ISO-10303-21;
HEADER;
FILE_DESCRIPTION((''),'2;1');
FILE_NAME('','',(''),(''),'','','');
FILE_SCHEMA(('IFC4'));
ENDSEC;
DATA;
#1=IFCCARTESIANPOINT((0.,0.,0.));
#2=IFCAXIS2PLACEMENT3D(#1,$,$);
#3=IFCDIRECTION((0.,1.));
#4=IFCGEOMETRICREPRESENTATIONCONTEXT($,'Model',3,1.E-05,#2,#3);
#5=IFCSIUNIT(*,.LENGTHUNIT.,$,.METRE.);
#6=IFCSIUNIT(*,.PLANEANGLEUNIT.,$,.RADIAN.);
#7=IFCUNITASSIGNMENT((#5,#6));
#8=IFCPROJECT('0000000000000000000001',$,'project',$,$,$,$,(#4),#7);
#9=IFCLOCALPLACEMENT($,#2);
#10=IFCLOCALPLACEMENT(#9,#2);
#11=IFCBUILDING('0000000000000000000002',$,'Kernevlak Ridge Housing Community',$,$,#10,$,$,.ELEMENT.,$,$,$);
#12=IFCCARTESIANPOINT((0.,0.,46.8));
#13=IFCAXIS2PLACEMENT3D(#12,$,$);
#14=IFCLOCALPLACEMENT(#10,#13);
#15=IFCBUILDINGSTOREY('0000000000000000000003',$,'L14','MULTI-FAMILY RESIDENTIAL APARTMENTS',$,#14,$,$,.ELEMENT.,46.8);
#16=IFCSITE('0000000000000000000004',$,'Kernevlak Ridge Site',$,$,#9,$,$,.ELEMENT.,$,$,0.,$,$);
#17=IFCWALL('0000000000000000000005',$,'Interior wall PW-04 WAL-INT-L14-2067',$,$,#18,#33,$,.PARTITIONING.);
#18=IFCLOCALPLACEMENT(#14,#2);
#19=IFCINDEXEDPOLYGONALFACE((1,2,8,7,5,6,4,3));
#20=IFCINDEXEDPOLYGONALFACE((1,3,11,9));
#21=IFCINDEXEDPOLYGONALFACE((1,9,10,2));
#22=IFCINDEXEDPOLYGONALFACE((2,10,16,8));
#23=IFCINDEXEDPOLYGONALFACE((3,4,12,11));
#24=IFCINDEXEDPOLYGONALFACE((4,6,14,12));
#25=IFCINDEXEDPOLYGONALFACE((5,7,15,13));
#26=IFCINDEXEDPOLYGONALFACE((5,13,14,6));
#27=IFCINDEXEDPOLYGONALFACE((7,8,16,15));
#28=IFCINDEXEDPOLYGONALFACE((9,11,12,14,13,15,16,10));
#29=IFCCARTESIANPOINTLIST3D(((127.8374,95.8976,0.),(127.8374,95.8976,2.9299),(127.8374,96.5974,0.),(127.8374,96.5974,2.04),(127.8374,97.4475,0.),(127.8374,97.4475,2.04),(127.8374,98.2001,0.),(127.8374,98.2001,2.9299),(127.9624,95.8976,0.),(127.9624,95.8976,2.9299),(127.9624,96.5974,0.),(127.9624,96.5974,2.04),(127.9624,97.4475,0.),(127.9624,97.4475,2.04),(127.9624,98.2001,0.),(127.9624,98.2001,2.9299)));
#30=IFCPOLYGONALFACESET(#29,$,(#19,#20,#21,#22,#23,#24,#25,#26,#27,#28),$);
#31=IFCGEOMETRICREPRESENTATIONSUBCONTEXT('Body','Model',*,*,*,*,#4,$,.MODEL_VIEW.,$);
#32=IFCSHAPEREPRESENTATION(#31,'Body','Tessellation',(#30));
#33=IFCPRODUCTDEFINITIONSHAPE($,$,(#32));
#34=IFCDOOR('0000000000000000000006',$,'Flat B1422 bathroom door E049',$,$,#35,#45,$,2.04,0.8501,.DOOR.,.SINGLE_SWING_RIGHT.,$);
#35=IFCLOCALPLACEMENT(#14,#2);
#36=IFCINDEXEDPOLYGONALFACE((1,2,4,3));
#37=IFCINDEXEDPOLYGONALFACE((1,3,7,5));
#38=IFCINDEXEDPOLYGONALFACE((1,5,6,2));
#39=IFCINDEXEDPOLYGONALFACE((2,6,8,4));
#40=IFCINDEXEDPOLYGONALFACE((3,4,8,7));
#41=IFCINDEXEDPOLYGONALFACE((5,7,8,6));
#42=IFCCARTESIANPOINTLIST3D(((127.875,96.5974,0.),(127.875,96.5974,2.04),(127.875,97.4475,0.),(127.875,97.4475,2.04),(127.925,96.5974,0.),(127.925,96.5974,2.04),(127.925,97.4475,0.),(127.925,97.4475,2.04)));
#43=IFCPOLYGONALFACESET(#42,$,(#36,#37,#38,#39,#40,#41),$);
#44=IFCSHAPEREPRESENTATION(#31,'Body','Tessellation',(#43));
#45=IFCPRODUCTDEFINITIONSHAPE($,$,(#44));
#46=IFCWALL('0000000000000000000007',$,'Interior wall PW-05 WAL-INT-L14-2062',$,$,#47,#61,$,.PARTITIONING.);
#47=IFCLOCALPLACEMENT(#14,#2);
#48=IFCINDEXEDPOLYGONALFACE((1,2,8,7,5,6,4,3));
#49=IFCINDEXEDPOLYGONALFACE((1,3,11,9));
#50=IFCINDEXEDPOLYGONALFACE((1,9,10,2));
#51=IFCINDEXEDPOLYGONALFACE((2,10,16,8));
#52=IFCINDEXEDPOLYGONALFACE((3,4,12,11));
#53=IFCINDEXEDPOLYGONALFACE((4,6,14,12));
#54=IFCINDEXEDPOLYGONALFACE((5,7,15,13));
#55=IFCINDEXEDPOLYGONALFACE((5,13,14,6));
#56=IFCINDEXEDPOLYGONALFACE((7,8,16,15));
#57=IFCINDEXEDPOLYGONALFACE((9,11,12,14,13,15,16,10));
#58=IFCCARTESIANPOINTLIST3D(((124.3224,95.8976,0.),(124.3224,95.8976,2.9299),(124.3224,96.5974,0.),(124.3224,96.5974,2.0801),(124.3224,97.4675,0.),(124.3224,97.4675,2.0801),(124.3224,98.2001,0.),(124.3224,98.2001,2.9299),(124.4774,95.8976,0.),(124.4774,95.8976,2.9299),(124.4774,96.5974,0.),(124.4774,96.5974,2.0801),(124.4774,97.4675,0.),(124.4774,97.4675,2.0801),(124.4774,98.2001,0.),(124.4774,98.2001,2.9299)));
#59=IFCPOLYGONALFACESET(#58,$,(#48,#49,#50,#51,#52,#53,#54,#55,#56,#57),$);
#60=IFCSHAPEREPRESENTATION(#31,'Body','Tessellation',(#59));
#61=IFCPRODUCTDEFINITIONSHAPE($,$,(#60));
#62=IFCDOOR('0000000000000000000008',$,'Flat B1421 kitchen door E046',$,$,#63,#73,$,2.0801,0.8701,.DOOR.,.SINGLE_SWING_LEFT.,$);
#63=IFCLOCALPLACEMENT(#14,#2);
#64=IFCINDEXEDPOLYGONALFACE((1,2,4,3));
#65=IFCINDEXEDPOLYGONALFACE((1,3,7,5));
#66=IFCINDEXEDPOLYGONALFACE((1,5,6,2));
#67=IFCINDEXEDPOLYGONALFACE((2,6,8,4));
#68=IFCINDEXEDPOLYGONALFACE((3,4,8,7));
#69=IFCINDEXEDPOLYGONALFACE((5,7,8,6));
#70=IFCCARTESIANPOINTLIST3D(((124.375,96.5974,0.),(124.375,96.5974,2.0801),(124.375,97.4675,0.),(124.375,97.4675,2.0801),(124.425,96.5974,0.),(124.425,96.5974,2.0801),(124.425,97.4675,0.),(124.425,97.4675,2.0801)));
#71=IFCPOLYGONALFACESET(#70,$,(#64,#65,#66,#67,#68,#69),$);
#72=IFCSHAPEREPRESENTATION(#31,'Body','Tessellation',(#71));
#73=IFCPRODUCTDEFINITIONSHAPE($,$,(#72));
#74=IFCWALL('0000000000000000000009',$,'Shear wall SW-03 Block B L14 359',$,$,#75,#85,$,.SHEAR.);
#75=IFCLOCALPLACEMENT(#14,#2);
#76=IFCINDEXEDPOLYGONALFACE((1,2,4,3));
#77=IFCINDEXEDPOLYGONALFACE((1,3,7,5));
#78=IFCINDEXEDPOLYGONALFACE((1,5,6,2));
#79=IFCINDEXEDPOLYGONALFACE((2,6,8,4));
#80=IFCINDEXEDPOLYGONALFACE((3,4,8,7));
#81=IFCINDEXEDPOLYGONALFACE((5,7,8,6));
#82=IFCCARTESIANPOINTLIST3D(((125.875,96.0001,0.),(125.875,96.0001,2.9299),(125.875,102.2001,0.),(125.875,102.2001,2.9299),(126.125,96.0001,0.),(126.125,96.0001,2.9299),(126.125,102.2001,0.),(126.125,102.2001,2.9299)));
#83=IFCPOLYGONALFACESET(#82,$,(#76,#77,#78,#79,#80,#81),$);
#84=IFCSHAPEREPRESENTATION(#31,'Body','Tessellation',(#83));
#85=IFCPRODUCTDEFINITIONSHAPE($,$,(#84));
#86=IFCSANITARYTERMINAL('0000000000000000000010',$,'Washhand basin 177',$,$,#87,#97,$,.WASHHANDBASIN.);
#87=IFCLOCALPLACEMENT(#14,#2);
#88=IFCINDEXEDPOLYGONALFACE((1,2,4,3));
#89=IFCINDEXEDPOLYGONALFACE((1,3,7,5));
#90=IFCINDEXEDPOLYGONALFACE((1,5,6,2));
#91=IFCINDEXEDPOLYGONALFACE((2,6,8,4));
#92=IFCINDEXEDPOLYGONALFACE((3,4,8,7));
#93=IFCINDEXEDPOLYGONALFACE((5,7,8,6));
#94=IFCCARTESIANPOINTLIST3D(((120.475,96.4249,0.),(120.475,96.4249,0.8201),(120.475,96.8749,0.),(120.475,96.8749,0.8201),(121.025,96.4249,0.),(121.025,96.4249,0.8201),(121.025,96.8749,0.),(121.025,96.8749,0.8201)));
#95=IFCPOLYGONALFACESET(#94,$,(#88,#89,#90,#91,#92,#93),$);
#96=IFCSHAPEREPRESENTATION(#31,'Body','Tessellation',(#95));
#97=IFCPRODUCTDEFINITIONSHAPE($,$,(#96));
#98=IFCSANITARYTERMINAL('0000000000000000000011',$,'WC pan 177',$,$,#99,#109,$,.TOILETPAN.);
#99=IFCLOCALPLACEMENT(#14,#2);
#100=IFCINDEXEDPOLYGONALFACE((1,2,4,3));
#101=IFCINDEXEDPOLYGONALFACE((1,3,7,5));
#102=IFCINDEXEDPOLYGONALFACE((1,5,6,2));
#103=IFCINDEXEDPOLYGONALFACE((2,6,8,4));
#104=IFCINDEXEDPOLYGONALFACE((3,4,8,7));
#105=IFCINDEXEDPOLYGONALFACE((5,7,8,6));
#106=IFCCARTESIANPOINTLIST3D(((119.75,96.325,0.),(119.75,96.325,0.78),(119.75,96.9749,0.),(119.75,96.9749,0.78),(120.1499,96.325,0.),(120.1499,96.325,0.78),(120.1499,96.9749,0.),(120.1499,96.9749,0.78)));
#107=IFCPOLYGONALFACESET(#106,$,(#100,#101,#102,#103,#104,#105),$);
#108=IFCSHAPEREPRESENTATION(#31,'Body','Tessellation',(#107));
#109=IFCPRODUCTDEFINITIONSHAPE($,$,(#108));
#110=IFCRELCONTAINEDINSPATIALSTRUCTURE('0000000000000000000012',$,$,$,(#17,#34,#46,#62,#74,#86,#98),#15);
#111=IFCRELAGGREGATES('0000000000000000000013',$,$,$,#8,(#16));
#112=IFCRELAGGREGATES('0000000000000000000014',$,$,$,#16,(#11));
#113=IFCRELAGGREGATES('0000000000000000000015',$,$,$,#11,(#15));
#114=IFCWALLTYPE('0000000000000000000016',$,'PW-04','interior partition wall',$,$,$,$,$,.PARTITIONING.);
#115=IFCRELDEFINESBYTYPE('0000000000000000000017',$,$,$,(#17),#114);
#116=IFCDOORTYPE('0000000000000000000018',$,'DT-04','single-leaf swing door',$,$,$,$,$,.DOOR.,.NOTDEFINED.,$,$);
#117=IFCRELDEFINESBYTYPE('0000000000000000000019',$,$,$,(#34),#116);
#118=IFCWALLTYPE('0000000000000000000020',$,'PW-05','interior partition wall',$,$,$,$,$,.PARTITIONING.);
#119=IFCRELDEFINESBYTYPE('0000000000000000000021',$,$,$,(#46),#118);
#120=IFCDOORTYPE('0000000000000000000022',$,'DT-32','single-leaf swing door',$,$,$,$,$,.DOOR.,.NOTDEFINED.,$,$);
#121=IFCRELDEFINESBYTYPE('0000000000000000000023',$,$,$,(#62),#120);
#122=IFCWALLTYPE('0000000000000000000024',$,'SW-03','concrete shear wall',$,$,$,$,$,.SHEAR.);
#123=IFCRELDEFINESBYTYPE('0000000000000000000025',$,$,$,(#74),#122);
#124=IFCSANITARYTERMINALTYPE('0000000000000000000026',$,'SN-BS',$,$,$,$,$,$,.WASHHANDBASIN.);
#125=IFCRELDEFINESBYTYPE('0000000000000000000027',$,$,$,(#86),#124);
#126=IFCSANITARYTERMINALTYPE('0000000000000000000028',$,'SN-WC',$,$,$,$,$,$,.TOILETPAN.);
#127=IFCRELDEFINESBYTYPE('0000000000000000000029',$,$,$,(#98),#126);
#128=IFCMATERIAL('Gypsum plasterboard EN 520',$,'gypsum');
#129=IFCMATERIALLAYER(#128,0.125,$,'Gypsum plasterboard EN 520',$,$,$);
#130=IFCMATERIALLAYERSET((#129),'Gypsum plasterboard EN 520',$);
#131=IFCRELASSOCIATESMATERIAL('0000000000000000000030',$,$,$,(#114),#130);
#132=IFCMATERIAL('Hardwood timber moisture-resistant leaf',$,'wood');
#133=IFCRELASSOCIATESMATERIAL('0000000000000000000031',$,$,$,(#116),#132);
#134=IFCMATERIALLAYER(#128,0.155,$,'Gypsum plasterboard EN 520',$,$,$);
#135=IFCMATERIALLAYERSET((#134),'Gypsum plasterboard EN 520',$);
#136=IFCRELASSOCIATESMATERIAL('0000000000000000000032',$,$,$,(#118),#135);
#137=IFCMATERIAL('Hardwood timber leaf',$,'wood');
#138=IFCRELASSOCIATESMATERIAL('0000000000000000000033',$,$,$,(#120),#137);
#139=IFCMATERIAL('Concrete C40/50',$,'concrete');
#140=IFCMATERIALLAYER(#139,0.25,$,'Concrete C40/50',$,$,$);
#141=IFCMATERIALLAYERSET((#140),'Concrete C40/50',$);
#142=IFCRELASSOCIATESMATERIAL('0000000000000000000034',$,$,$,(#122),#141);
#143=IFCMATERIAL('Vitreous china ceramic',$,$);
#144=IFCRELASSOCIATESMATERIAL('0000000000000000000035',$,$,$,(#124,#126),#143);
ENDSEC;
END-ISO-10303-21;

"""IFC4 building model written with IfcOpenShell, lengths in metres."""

from ifc_helpers import new_model, si_unit, direction, frame, frame_2d, origin, origin_2d, place, context, subcontext, project, spatial, rectangle, extrude, material, layer, layer_set, type_object, element, fill, save


model = new_model("IFC4")

# Units and contexts
model_context = context("Model", 3, precision=1e-05, world=origin(), true_north=direction((0.0, 1.0)))
body_context = subcontext(model_context, "Body", "Model", "MODEL_VIEW")
ifc_project = project(units=[si_unit("LENGTHUNIT", "METRE"), si_unit("PLANEANGLEUNIT", "RADIAN")], contexts=[model_context])

# Site, building, storey
site_placement = place(None, origin())
site = spatial("IfcSite", under=ifc_project, at=site_placement, Name="Kernevlak Ridge Site", CompositionType="ELEMENT", RefElevation=0.0)
building_placement = place(site_placement, origin())
building = spatial("IfcBuilding", under=site, at=building_placement, Name="Kernevlak Ridge Housing Community", CompositionType="ELEMENT")
storey_placement = place(building_placement, frame((0.0, 0.0, 46.8)))
storey = spatial("IfcBuildingStorey", under=building, at=storey_placement, Name="L14", Description="MULTI-FAMILY RESIDENTIAL APARTMENTS", CompositionType="ELEMENT", Elevation=46.8)

# Walls, openings, doors
ifc_material_1 = material(Name="Gypsum plasterboard EN 520", Category="gypsum")
ifc_layer_1 = layer(ifc_material_1, 0.125, Name="Gypsum plasterboard EN 520")
ifc_layer_set_1 = layer_set([ifc_layer_1], Name="Gypsum plasterboard EN 520")
wall_type_1 = type_object("IfcWallType", Name="PW-04", Description="interior partition wall", PredefinedType="PARTITIONING", material=ifc_layer_set_1)
ifc_material_2 = material(Name="Hardwood timber moisture-resistant leaf", Category="wood")
door_type_1 = type_object("IfcDoorType", Name="DT-04", Description="single-leaf swing door", OperationType="NOTDEFINED", PredefinedType="DOOR", material=ifc_material_2)
wall_1_placement = place(storey_placement, frame((127.8999, 95.8975, 0.0), z_axis=(0.0, 0.0, 1.0), x_axis=(0.0, 1.0, 0.0)))
wall_1 = element("IfcWall", 1, at=wall_1_placement, inside=storey, type_object=wall_type_1, Name="Interior wall PW-04 WAL-INT-L14-2067", PredefinedType="PARTITIONING", context=body_context, shape_type="SweptSolid", body=[
    extrude(rectangle(XDim=2.3025, YDim=0.125, at=frame_2d((1.1514, 0.0))), origin(), (0.0, 0.0, 1.0), 2.9299),
])
opening_1_placement = place(wall_1_placement, frame((0.7, 0.0, 0.0)))
opening_1 = element("IfcOpeningElement", 2, at=opening_1_placement, cuts=wall_1, PredefinedType="OPENING", context=body_context, shape_type="SweptSolid", body=[
    extrude(rectangle(XDim=0.8501, YDim=2.04, at=frame_2d((0.425, 1.02))), frame((0.0, 0.0725, 0.0), z_axis=(0.0, -1.0, 0.0), x_axis=(1.0, 0.0, 0.0)), (0.0, 0.0, 1.0), 0.145),
])
door_1_placement = place(opening_1_placement, origin())
door_1 = element("IfcDoor", 3, at=door_1_placement, inside=storey, type_object=door_type_1, Name="Flat B1422 bathroom door E049", OperationType="SINGLE_SWING_RIGHT", OverallHeight=2.04, OverallWidth=0.8501, PredefinedType="DOOR", context=body_context, shape_type="SweptSolid", body=[
    extrude(rectangle(XDim=0.8501, YDim=2.04, at=frame_2d((0.425, 1.02))), frame((0.0, 0.0249, 0.0), z_axis=(0.0, -1.0, 0.0), x_axis=(1.0, 0.0, 0.0)), (0.0, 0.0, 1.0), 0.05),
])
fill(opening_1, door_1)
ifc_layer_2 = layer(ifc_material_1, 0.155, Name="Gypsum plasterboard EN 520")
ifc_layer_set_2 = layer_set([ifc_layer_2], Name="Gypsum plasterboard EN 520")
wall_type_2 = type_object("IfcWallType", Name="PW-05", Description="interior partition wall", PredefinedType="PARTITIONING", material=ifc_layer_set_2)
wall_2_placement = place(storey_placement, frame((124.3999, 95.8975, 0.0), z_axis=(0.0, 0.0, 1.0), x_axis=(0.0, 1.0, 0.0)))
wall_2 = element("IfcWall", 4, at=wall_2_placement, inside=storey, type_object=wall_type_2, Name="Interior wall PW-05 WAL-INT-L14-2062", PredefinedType="PARTITIONING", context=body_context, shape_type="SweptSolid", body=[
    extrude(rectangle(XDim=2.3025, YDim=0.155, at=frame_2d((1.1514, 0.0))), origin(), (0.0, 0.0, 1.0), 2.9299),
])
opening_2_placement = place(wall_2_placement, frame((0.7, 0.0, 0.0)))
opening_2 = element("IfcOpeningElement", 5, at=opening_2_placement, cuts=wall_2, PredefinedType="OPENING", context=body_context, shape_type="SweptSolid", body=[
    extrude(rectangle(XDim=0.8701, YDim=2.0801, at=frame_2d((0.4351, 1.04))), frame((0.0, 0.0874, 0.0), z_axis=(0.0, -1.0, 0.0), x_axis=(1.0, 0.0, 0.0)), (0.0, 0.0, 1.0), 0.175),
])
ifc_material_3 = material(Name="Hardwood timber leaf", Category="wood")
door_type_2 = type_object("IfcDoorType", Name="DT-32", Description="single-leaf swing door", OperationType="NOTDEFINED", PredefinedType="DOOR", material=ifc_material_3)
door_2_placement = place(opening_2_placement, origin())
door_2 = element("IfcDoor", 6, at=door_2_placement, inside=storey, type_object=door_type_2, Name="Flat B1421 kitchen door E046", OperationType="SINGLE_SWING_LEFT", OverallHeight=2.0801, OverallWidth=0.8701, PredefinedType="DOOR", context=body_context, shape_type="SweptSolid", body=[
    extrude(rectangle(XDim=0.8701, YDim=2.0801, at=frame_2d((0.4351, 1.04))), frame((0.0, 0.0249, 0.0), z_axis=(0.0, -1.0, 0.0), x_axis=(1.0, 0.0, 0.0)), (0.0, 0.0, 1.0), 0.05),
])
fill(opening_2, door_2)

# Wall
ifc_material_4 = material(Name="Concrete C40/50", Category="concrete")
ifc_layer_3 = layer(ifc_material_4, 0.25, Name="Concrete C40/50")
ifc_layer_set_3 = layer_set([ifc_layer_3], Name="Concrete C40/50")
wall_type_3 = type_object("IfcWallType", Name="SW-03", Description="concrete shear wall", PredefinedType="SHEAR", material=ifc_layer_set_3)
wall_3_placement = place(storey_placement, frame((126.0, 96.0, 0.0), z_axis=(0.0, 0.0, 1.0), x_axis=(0.0, 1.0, 0.0)))
element("IfcWall", 7, at=wall_3_placement, inside=storey, type_object=wall_type_3, Name="Shear wall SW-03 Block B L14 359", PredefinedType="SHEAR", context=body_context, shape_type="SweptSolid", body=[
    extrude(rectangle(XDim=6.2, YDim=0.25, at=frame_2d((3.1001, 0.0))), origin(), (0.0, 0.0, 1.0), 2.9299),
])

# Sanitary terminals
ifc_material_5 = material(Name="Vitreous china ceramic")
sanitary_terminal_type_1 = type_object("IfcSanitaryTerminalType", Name="SN-BS", PredefinedType="WASHHANDBASIN", material=ifc_material_5)
sanitary_terminal_1_placement = place(storey_placement, frame((120.75, 96.6499, 0.0), z_axis=(0.0, 0.0, 1.0), x_axis=(1.0, 0.0, 0.0)))
element("IfcSanitaryTerminal", 8, at=sanitary_terminal_1_placement, inside=storey, type_object=sanitary_terminal_type_1, Name="Washhand basin 177", PredefinedType="WASHHANDBASIN", context=body_context, shape_type="SweptSolid", body=[
    extrude(rectangle(XDim=0.55, YDim=0.45, at=origin_2d()), origin(), (0.0, 0.0, 1.0), 0.8201),
])
sanitary_terminal_type_2 = type_object("IfcSanitaryTerminalType", Name="SN-WC", PredefinedType="TOILETPAN", material=ifc_material_5)
sanitary_terminal_2_placement = place(storey_placement, frame((119.95, 96.6499, 0.0), z_axis=(0.0, 0.0, 1.0), x_axis=(1.0, 0.0, 0.0)))
element("IfcSanitaryTerminal", 9, at=sanitary_terminal_2_placement, inside=storey, type_object=sanitary_terminal_type_2, Name="WC pan 177", PredefinedType="TOILETPAN", context=body_context, shape_type="SweptSolid", body=[
    extrude(rectangle(XDim=0.3999, YDim=0.6499, at=origin_2d()), origin(), (0.0, 0.0, 1.0), 0.78),
])

save(model, "model.ifc")
